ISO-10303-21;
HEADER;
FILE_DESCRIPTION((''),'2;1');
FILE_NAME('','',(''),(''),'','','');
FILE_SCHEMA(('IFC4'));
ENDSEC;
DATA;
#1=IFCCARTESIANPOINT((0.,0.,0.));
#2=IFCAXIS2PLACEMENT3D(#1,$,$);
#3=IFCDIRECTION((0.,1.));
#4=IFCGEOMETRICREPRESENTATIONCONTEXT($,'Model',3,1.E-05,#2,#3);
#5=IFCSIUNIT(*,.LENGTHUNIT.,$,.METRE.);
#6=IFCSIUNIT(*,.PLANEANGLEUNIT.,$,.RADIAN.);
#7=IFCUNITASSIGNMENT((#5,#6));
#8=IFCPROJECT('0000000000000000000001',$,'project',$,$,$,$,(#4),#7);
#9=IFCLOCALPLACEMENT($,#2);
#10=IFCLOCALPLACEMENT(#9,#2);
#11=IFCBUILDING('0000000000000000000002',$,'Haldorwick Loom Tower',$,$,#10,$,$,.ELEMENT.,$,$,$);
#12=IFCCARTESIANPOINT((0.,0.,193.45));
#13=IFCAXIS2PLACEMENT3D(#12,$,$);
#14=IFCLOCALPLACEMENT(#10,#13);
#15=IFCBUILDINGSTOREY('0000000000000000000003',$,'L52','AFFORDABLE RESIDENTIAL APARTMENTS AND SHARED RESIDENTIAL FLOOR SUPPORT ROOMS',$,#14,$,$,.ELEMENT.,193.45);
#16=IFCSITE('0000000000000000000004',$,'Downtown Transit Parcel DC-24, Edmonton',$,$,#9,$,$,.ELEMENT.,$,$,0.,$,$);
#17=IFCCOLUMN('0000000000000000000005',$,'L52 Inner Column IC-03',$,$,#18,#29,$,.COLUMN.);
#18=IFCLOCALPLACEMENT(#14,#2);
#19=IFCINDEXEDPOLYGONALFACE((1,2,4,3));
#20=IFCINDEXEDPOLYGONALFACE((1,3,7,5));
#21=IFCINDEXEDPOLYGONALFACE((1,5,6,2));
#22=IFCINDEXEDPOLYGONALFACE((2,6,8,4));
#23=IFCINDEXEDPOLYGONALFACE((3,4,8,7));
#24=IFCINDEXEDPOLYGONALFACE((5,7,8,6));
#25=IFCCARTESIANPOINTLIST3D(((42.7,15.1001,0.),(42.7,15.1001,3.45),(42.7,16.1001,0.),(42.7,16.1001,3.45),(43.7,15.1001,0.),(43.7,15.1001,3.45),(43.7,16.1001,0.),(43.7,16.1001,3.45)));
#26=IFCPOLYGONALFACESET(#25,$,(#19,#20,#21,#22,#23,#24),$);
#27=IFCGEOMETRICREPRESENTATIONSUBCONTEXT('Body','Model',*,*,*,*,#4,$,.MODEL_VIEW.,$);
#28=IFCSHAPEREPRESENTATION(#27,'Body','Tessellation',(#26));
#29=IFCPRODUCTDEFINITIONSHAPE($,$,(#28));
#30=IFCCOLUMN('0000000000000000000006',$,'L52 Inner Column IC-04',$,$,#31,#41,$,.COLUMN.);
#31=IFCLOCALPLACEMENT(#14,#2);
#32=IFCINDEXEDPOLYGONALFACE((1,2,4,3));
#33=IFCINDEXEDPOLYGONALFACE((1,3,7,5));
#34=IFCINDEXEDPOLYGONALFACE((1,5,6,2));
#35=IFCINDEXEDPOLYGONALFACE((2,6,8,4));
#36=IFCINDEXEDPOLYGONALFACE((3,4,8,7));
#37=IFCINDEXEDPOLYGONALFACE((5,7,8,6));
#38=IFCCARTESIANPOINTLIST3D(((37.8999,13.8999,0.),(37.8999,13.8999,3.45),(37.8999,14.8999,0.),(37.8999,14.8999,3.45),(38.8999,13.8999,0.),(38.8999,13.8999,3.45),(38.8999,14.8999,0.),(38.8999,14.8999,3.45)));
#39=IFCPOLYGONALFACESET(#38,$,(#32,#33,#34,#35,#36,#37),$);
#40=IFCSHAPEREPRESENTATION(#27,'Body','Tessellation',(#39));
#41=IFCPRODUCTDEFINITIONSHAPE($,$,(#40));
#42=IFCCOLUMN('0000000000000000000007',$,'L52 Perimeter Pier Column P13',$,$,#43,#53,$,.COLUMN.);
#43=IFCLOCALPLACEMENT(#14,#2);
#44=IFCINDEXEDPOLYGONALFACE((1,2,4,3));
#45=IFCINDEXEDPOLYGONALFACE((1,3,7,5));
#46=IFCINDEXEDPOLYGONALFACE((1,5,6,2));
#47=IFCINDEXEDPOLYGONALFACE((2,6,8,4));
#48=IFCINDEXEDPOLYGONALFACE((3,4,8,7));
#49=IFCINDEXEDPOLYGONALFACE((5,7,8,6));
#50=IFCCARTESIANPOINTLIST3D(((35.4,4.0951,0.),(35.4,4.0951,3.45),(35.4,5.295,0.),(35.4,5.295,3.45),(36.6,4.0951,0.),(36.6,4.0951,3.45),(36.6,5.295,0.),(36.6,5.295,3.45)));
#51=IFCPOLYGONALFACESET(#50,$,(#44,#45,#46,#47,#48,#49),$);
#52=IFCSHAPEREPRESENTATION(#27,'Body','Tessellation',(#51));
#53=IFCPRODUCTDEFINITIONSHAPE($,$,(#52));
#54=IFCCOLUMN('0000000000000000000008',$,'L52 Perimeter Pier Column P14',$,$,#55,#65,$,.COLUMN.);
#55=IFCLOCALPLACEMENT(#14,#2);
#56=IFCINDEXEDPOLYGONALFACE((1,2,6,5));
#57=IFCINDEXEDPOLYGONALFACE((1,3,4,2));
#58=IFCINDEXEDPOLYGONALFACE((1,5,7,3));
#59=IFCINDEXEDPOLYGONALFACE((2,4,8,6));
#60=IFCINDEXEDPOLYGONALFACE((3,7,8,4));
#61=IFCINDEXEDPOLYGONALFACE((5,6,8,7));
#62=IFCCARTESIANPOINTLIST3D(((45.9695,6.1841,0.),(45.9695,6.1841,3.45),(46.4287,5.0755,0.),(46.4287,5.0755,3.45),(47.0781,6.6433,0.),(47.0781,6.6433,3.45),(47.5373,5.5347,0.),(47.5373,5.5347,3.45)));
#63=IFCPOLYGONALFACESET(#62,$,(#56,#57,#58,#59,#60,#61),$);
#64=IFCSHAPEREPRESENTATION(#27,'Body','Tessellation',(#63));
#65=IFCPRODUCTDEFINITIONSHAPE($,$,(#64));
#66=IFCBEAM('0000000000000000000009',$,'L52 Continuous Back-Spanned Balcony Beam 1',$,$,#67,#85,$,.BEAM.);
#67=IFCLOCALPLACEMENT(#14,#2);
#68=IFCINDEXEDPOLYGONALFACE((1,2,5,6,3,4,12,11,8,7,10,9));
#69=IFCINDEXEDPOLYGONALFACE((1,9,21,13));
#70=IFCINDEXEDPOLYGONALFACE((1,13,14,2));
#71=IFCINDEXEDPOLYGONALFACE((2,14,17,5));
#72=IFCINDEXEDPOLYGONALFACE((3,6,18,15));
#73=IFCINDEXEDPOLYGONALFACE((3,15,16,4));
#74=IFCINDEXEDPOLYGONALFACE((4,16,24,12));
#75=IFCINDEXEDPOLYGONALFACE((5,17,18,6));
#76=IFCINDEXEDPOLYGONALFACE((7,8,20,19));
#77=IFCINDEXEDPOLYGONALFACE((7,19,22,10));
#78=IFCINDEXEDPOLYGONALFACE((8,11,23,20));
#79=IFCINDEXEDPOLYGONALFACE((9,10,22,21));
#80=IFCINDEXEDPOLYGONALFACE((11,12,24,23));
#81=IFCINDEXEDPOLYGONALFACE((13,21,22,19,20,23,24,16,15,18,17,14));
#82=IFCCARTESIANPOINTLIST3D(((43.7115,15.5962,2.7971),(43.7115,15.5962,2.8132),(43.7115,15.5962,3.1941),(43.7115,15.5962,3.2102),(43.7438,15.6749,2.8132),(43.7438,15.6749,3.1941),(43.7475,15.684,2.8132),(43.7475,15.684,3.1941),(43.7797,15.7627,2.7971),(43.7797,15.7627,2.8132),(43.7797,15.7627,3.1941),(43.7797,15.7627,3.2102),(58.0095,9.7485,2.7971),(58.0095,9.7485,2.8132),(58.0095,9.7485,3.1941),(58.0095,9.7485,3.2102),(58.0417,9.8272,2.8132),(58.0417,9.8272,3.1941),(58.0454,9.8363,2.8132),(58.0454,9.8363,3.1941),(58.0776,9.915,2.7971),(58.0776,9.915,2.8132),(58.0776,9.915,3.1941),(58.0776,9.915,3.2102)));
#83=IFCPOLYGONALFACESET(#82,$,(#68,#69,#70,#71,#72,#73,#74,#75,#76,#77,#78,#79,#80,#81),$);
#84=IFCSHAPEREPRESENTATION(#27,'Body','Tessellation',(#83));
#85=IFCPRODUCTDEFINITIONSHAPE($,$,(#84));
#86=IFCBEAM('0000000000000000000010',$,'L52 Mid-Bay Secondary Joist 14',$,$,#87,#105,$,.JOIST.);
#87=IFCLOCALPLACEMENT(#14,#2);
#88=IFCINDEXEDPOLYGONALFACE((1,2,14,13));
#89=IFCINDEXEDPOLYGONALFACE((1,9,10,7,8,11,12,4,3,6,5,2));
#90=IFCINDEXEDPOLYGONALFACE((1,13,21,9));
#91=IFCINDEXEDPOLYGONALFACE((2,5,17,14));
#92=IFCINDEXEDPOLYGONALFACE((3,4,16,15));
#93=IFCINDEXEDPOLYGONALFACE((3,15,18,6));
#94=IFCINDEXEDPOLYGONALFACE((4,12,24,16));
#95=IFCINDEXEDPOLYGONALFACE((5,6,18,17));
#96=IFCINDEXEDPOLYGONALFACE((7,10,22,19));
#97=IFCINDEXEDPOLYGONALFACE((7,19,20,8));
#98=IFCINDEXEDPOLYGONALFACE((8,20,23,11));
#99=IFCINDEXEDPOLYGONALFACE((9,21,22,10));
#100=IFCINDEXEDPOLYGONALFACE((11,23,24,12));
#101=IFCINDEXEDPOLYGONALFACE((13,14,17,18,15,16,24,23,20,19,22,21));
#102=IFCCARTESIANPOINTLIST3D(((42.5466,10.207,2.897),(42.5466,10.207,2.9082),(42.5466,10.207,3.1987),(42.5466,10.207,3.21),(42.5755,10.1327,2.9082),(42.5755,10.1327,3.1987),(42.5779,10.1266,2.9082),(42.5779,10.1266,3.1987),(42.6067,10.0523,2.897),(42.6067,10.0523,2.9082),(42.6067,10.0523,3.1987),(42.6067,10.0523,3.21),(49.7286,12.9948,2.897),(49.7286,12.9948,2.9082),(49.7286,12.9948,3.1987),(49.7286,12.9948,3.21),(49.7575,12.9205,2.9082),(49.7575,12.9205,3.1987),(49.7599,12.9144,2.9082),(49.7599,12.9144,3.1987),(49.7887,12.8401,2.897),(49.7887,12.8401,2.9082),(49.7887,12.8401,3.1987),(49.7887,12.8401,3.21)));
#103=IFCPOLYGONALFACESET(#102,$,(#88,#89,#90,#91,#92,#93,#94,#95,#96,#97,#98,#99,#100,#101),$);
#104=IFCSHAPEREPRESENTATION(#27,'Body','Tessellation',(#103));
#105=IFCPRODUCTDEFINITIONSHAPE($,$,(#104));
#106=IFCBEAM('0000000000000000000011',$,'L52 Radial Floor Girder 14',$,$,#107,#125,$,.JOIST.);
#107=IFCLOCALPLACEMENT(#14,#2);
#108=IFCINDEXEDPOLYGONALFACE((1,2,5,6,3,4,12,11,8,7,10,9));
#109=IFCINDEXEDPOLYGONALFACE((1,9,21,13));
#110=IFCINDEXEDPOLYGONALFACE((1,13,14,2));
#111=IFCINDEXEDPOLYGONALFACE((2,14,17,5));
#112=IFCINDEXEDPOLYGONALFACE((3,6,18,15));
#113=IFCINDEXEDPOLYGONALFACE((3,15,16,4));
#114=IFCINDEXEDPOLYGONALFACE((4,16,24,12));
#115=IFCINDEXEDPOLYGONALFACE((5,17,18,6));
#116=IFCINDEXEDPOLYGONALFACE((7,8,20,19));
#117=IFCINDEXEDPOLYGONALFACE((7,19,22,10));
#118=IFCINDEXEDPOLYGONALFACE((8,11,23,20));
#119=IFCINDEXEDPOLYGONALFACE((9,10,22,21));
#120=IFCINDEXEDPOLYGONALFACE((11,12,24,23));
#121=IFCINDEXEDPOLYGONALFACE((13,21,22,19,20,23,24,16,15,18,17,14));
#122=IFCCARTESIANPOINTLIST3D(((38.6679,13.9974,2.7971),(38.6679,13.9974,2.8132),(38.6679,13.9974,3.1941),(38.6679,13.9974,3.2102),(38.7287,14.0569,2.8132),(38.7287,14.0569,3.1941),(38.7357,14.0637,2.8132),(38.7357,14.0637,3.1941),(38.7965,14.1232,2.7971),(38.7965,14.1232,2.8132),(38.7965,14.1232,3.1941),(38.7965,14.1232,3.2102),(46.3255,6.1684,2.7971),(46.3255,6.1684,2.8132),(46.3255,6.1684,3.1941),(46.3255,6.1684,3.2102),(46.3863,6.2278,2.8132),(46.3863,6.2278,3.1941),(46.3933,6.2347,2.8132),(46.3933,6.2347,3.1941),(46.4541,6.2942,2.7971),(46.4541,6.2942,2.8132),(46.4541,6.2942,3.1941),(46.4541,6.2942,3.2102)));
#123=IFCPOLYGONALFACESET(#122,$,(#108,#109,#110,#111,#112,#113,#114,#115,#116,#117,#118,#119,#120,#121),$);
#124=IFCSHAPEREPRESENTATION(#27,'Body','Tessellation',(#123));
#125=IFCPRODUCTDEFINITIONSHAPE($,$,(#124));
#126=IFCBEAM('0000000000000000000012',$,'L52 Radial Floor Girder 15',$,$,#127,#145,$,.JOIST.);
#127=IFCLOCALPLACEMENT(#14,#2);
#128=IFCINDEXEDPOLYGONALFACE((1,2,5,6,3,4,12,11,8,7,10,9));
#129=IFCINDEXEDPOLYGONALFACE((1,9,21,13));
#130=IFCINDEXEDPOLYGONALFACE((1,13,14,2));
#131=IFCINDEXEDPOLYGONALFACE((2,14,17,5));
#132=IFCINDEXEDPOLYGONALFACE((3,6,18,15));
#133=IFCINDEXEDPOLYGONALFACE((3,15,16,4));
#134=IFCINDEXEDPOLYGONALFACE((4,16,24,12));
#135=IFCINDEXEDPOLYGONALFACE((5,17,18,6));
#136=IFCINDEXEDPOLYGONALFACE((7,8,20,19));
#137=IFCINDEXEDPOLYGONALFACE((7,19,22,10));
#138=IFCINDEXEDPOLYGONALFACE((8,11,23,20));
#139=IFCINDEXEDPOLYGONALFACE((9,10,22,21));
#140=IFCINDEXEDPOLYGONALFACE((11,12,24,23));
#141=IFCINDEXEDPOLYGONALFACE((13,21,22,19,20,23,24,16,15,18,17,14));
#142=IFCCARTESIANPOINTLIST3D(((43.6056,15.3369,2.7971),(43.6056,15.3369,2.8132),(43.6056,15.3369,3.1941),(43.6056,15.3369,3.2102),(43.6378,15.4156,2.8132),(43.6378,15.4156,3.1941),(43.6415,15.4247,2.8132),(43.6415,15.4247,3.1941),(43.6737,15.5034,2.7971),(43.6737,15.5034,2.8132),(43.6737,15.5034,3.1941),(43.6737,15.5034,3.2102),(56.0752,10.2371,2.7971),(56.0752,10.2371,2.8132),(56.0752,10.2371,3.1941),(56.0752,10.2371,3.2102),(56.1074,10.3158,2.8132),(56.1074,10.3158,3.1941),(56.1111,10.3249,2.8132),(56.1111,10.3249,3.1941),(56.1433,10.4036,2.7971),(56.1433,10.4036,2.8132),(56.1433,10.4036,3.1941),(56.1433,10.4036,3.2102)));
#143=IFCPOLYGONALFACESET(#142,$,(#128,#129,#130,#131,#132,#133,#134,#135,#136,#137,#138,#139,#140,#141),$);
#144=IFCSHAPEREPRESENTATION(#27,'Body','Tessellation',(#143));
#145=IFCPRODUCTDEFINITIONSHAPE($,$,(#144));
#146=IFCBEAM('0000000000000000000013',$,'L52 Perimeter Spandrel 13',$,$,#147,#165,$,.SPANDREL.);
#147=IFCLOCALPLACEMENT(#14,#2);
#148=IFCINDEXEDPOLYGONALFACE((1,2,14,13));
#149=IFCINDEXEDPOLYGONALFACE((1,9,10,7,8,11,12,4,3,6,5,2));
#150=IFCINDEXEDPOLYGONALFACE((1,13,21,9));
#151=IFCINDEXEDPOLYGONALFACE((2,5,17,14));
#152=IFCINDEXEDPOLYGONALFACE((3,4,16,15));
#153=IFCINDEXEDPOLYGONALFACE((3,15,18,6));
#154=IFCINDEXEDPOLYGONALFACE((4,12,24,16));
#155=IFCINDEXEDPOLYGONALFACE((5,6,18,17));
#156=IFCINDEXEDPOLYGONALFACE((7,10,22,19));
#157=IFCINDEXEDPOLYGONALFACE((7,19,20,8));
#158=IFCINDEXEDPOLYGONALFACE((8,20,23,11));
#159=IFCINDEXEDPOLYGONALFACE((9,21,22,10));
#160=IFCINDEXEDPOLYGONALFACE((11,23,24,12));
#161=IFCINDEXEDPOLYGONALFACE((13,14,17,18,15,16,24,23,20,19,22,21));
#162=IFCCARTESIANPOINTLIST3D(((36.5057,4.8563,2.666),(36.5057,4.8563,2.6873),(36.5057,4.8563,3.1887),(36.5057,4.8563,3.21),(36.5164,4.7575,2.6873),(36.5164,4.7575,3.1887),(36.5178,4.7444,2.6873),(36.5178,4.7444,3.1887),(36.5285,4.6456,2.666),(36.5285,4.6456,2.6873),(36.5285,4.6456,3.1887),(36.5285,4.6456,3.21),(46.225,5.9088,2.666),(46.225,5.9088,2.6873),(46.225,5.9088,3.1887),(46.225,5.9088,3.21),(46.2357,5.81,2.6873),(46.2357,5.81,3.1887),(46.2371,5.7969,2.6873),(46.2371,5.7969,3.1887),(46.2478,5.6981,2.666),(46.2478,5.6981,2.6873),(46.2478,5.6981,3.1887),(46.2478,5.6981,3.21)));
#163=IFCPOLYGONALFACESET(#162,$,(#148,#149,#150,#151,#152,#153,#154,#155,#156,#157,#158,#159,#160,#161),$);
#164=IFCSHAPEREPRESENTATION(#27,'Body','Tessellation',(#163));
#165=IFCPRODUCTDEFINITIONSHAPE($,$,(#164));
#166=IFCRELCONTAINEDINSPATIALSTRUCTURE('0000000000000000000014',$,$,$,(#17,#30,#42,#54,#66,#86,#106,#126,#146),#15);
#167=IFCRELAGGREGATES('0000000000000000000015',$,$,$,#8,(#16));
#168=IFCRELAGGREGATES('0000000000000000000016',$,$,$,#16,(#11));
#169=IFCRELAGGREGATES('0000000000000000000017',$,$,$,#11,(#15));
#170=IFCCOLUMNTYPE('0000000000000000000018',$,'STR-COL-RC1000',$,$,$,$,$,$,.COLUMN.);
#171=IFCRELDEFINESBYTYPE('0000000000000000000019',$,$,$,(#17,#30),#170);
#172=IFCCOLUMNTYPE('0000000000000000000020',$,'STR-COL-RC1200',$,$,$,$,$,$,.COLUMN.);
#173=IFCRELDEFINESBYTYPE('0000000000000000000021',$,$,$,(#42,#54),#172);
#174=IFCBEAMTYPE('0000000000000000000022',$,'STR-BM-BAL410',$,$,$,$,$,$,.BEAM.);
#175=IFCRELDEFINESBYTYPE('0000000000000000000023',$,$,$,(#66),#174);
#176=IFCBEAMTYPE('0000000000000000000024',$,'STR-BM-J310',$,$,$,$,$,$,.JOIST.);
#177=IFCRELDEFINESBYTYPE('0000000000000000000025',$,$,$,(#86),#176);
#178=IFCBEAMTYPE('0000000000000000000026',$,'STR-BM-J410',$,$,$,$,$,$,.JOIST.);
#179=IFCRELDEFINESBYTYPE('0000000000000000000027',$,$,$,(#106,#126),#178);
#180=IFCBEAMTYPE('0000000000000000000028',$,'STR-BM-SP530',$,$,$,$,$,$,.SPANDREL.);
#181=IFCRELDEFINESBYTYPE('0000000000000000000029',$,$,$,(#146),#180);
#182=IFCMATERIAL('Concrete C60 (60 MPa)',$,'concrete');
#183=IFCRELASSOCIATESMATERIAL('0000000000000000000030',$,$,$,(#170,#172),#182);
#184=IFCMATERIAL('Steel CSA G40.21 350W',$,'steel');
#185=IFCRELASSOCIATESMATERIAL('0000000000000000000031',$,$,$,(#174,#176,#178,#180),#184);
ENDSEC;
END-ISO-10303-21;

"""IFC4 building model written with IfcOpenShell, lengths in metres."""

from ifc_helpers import new_model, si_unit, direction, frame, origin, origin_2d, place, context, subcontext, project, spatial, rectangle, i_section, extrude, material, material_profile, profile_set, type_object, element, save


model = new_model("IFC4")

# Units and contexts
model_context = context("Model", 3, precision=1e-05, world=origin(), true_north=direction((0.0, 1.0)))
body_context = subcontext(model_context, "Body", "Model", "MODEL_VIEW")
ifc_project = project(units=[si_unit("LENGTHUNIT", "METRE"), si_unit("PLANEANGLEUNIT", "RADIAN")], contexts=[model_context])

# Site, building, storey
site_placement = place(None, origin())
site = spatial("IfcSite", under=ifc_project, at=site_placement, Name="Downtown Transit Parcel DC-24, Edmonton", CompositionType="ELEMENT", RefElevation=0.0)
building_placement = place(site_placement, origin())
building = spatial("IfcBuilding", under=site, at=building_placement, Name="Haldorwick Loom Tower", CompositionType="ELEMENT")
storey_placement = place(building_placement, frame((0.0, 0.0, 193.45)))
storey = spatial("IfcBuildingStorey", under=building, at=storey_placement, Name="L52", Description="AFFORDABLE RESIDENTIAL APARTMENTS AND SHARED RESIDENTIAL FLOOR SUPPORT ROOMS", CompositionType="ELEMENT", Elevation=193.45)

# Columns
ifc_material_1 = material(Name="Concrete C60 (60 MPa)", Category="concrete")
ifc_material_profile_1 = material_profile(ifc_material_1, rectangle(XDim=1.0, YDim=1.0, at=origin_2d()), Name="RC1000X1000", Category="concrete")
ifc_profile_set_1 = profile_set([ifc_material_profile_1], Name="Concrete C60 (60 MPa)")
column_type_1 = type_object("IfcColumnType", Name="STR-COL-RC1000", PredefinedType="COLUMN", material=ifc_profile_set_1)
for number, where, z_axis, x_axis, name in (
    (1, (43.2, 15.6001, 0.0), (0.0, 0.0, 1.0), (1.0, 0.0, 0.0), "L52 Inner Column IC-03"),
    (2, (38.3999, 14.3999, 0.0), (0.0, 0.0, 1.0), (1.0, 0.0, 0.0), "L52 Inner Column IC-04"),
):
    element("IfcColumn", number, at=place(storey_placement, frame(where, z_axis=z_axis, x_axis=x_axis)), inside=storey, type_object=column_type_1, Name=name, PredefinedType="COLUMN", context=body_context, shape_type="SweptSolid", body=[
        extrude(rectangle(XDim=1.0, YDim=1.0, at=origin_2d()), origin(), (0.0, 0.0, 1.0), 3.45),
    ])
ifc_material_profile_2 = material_profile(ifc_material_1, rectangle(XDim=1.2, YDim=1.2, at=origin_2d()), Name="RC1200X1200", Category="concrete")
ifc_profile_set_2 = profile_set([ifc_material_profile_2], Name="Concrete C60 (60 MPa)")
column_type_2 = type_object("IfcColumnType", Name="STR-COL-RC1200", PredefinedType="COLUMN", material=ifc_profile_set_2)
for number, where, z_axis, x_axis, name in (
    (3, (36.0, 4.6951, 0.0), (0.0, 0.0, 1.0), (0.0, -1.0, 0.0), "L52 Perimeter Pier Column P13"),
    (4, (46.7534, 5.8594, 0.0), (0.0, 0.0, 1.0), (0.382683, -0.92388, 0.0), "L52 Perimeter Pier Column P14"),
):
    element("IfcColumn", number, at=place(storey_placement, frame(where, z_axis=z_axis, x_axis=x_axis)), inside=storey, type_object=column_type_2, Name=name, PredefinedType="COLUMN", context=body_context, shape_type="SweptSolid", body=[
        extrude(rectangle(XDim=1.2, YDim=1.2, at=origin_2d()), origin(), (0.0, 0.0, 1.0), 3.45),
    ])

# Beams
ifc_material_2 = material(Name="Steel CSA G40.21 350W", Category="steel")
ifc_material_profile_3 = material_profile(ifc_material_2, i_section(OverallWidth=0.1799, OverallDepth=0.4131, WebThickness=0.0098, FlangeThickness=0.0161, at=origin_2d()), Name="W410X74", Category="steel")
ifc_profile_set_3 = profile_set([ifc_material_profile_3], Name="Steel CSA G40.21 350W")
beam_type_1 = type_object("IfcBeamType", Name="STR-BM-BAL410", PredefinedType="BEAM", material=ifc_profile_set_3)
beam_1_placement = place(storey_placement, frame((43.7456, 15.6794, 3.0037), z_axis=(0.92558, -0.378552, 0.0), x_axis=(0.378552, 0.92558, 0.0)))
element("IfcBeam", 5, at=beam_1_placement, inside=storey, type_object=beam_type_1, Name="L52 Continuous Back-Spanned Balcony Beam 1", PredefinedType="BEAM", context=body_context, shape_type="SweptSolid", body=[
    extrude(i_section(OverallWidth=0.1799, OverallDepth=0.4131, WebThickness=0.0098, FlangeThickness=0.0161, at=origin_2d()), origin(), (0.0, 0.0, 1.0), 15.4475),
])
ifc_material_profile_4 = material_profile(ifc_material_2, i_section(OverallWidth=0.166, OverallDepth=0.313, WebThickness=0.0066, FlangeThickness=0.0112, at=origin_2d()), Name="W310X45", Category="steel")
ifc_profile_set_4 = profile_set([ifc_material_profile_4], Name="Steel CSA G40.21 350W")
beam_type_2 = type_object("IfcBeamType", Name="STR-BM-J310", PredefinedType="JOIST", material=ifc_profile_set_4)
beam_2_placement = place(storey_placement, frame((42.5767, 10.1296, 3.0535), z_axis=(0.932233, 0.361859, 0.0), x_axis=(-0.361859, 0.932233, 0.0)))
element("IfcBeam", 6, at=beam_2_placement, inside=storey, type_object=beam_type_2, Name="L52 Mid-Bay Secondary Joist 14", PredefinedType="JOIST", context=body_context, shape_type="SweptSolid", body=[
    extrude(i_section(OverallWidth=0.166, OverallDepth=0.313, WebThickness=0.0066, FlangeThickness=0.0112, at=origin_2d()), origin(), (0.0, 0.0, 1.0), 7.7041),
])
ifc_material_profile_5 = material_profile(ifc_material_2, i_section(OverallWidth=0.1799, OverallDepth=0.4131, WebThickness=0.0098, FlangeThickness=0.0161, at=origin_2d()), Name="W410X74", Category="steel")
ifc_profile_set_5 = profile_set([ifc_material_profile_5], Name="Steel CSA G40.21 350W")
beam_type_3 = type_object("IfcBeamType", Name="STR-BM-J410", PredefinedType="JOIST", material=ifc_profile_set_5)
beam_3_placement = place(storey_placement, frame((38.7322, 14.0603, 3.0037), z_axis=(0.699239, -0.714888, 0.0), x_axis=(0.714888, 0.699239, 0.0)))
element("IfcBeam", 7, at=beam_3_placement, inside=storey, type_object=beam_type_3, Name="L52 Radial Floor Girder 14", PredefinedType="JOIST", context=body_context, shape_type="SweptSolid", body=[
    extrude(i_section(OverallWidth=0.1799, OverallDepth=0.4131, WebThickness=0.0098, FlangeThickness=0.0161, at=origin_2d()), origin(), (0.0, 0.0, 1.0), 10.9514),
])
beam_4_placement = place(storey_placement, frame((43.6396, 15.4202, 3.0037), z_axis=(0.925583, -0.378544, 0.0), x_axis=(0.378544, 0.925583, 0.0)))
element("IfcBeam", 8, at=beam_4_placement, inside=storey, type_object=beam_type_3, Name="L52 Radial Floor Girder 15", PredefinedType="JOIST", context=body_context, shape_type="SweptSolid", body=[
    extrude(i_section(OverallWidth=0.1799, OverallDepth=0.4131, WebThickness=0.0098, FlangeThickness=0.0161, at=origin_2d()), origin(), (0.0, 0.0, 1.0), 13.4722),
])
ifc_material_profile_6 = material_profile(ifc_material_2, i_section(OverallWidth=0.2119, OverallDepth=0.5439, WebThickness=0.0132, FlangeThickness=0.0212, at=origin_2d()), Name="W530X123", Category="steel")
ifc_profile_set_6 = profile_set([ifc_material_profile_6], Name="Steel CSA G40.21 350W")
beam_type_4 = type_object("IfcBeamType", Name="STR-BM-SP530", PredefinedType="SPANDREL", material=ifc_profile_set_6)
beam_5_placement = place(storey_placement, frame((36.5171, 4.751, 2.938), z_axis=(0.994188, 0.10766, 0.0), x_axis=(-0.10766, 0.994188, 0.0)))
element("IfcBeam", 9, at=beam_5_placement, inside=storey, type_object=beam_type_4, Name="L52 Perimeter Spandrel 13", PredefinedType="SPANDREL", context=body_context, shape_type="SweptSolid", body=[
    extrude(i_section(OverallWidth=0.2119, OverallDepth=0.5439, WebThickness=0.0132, FlangeThickness=0.0212, at=origin_2d()), origin(), (0.0, 0.0, 1.0), 9.7761),
])

save(model, "model.ifc")
